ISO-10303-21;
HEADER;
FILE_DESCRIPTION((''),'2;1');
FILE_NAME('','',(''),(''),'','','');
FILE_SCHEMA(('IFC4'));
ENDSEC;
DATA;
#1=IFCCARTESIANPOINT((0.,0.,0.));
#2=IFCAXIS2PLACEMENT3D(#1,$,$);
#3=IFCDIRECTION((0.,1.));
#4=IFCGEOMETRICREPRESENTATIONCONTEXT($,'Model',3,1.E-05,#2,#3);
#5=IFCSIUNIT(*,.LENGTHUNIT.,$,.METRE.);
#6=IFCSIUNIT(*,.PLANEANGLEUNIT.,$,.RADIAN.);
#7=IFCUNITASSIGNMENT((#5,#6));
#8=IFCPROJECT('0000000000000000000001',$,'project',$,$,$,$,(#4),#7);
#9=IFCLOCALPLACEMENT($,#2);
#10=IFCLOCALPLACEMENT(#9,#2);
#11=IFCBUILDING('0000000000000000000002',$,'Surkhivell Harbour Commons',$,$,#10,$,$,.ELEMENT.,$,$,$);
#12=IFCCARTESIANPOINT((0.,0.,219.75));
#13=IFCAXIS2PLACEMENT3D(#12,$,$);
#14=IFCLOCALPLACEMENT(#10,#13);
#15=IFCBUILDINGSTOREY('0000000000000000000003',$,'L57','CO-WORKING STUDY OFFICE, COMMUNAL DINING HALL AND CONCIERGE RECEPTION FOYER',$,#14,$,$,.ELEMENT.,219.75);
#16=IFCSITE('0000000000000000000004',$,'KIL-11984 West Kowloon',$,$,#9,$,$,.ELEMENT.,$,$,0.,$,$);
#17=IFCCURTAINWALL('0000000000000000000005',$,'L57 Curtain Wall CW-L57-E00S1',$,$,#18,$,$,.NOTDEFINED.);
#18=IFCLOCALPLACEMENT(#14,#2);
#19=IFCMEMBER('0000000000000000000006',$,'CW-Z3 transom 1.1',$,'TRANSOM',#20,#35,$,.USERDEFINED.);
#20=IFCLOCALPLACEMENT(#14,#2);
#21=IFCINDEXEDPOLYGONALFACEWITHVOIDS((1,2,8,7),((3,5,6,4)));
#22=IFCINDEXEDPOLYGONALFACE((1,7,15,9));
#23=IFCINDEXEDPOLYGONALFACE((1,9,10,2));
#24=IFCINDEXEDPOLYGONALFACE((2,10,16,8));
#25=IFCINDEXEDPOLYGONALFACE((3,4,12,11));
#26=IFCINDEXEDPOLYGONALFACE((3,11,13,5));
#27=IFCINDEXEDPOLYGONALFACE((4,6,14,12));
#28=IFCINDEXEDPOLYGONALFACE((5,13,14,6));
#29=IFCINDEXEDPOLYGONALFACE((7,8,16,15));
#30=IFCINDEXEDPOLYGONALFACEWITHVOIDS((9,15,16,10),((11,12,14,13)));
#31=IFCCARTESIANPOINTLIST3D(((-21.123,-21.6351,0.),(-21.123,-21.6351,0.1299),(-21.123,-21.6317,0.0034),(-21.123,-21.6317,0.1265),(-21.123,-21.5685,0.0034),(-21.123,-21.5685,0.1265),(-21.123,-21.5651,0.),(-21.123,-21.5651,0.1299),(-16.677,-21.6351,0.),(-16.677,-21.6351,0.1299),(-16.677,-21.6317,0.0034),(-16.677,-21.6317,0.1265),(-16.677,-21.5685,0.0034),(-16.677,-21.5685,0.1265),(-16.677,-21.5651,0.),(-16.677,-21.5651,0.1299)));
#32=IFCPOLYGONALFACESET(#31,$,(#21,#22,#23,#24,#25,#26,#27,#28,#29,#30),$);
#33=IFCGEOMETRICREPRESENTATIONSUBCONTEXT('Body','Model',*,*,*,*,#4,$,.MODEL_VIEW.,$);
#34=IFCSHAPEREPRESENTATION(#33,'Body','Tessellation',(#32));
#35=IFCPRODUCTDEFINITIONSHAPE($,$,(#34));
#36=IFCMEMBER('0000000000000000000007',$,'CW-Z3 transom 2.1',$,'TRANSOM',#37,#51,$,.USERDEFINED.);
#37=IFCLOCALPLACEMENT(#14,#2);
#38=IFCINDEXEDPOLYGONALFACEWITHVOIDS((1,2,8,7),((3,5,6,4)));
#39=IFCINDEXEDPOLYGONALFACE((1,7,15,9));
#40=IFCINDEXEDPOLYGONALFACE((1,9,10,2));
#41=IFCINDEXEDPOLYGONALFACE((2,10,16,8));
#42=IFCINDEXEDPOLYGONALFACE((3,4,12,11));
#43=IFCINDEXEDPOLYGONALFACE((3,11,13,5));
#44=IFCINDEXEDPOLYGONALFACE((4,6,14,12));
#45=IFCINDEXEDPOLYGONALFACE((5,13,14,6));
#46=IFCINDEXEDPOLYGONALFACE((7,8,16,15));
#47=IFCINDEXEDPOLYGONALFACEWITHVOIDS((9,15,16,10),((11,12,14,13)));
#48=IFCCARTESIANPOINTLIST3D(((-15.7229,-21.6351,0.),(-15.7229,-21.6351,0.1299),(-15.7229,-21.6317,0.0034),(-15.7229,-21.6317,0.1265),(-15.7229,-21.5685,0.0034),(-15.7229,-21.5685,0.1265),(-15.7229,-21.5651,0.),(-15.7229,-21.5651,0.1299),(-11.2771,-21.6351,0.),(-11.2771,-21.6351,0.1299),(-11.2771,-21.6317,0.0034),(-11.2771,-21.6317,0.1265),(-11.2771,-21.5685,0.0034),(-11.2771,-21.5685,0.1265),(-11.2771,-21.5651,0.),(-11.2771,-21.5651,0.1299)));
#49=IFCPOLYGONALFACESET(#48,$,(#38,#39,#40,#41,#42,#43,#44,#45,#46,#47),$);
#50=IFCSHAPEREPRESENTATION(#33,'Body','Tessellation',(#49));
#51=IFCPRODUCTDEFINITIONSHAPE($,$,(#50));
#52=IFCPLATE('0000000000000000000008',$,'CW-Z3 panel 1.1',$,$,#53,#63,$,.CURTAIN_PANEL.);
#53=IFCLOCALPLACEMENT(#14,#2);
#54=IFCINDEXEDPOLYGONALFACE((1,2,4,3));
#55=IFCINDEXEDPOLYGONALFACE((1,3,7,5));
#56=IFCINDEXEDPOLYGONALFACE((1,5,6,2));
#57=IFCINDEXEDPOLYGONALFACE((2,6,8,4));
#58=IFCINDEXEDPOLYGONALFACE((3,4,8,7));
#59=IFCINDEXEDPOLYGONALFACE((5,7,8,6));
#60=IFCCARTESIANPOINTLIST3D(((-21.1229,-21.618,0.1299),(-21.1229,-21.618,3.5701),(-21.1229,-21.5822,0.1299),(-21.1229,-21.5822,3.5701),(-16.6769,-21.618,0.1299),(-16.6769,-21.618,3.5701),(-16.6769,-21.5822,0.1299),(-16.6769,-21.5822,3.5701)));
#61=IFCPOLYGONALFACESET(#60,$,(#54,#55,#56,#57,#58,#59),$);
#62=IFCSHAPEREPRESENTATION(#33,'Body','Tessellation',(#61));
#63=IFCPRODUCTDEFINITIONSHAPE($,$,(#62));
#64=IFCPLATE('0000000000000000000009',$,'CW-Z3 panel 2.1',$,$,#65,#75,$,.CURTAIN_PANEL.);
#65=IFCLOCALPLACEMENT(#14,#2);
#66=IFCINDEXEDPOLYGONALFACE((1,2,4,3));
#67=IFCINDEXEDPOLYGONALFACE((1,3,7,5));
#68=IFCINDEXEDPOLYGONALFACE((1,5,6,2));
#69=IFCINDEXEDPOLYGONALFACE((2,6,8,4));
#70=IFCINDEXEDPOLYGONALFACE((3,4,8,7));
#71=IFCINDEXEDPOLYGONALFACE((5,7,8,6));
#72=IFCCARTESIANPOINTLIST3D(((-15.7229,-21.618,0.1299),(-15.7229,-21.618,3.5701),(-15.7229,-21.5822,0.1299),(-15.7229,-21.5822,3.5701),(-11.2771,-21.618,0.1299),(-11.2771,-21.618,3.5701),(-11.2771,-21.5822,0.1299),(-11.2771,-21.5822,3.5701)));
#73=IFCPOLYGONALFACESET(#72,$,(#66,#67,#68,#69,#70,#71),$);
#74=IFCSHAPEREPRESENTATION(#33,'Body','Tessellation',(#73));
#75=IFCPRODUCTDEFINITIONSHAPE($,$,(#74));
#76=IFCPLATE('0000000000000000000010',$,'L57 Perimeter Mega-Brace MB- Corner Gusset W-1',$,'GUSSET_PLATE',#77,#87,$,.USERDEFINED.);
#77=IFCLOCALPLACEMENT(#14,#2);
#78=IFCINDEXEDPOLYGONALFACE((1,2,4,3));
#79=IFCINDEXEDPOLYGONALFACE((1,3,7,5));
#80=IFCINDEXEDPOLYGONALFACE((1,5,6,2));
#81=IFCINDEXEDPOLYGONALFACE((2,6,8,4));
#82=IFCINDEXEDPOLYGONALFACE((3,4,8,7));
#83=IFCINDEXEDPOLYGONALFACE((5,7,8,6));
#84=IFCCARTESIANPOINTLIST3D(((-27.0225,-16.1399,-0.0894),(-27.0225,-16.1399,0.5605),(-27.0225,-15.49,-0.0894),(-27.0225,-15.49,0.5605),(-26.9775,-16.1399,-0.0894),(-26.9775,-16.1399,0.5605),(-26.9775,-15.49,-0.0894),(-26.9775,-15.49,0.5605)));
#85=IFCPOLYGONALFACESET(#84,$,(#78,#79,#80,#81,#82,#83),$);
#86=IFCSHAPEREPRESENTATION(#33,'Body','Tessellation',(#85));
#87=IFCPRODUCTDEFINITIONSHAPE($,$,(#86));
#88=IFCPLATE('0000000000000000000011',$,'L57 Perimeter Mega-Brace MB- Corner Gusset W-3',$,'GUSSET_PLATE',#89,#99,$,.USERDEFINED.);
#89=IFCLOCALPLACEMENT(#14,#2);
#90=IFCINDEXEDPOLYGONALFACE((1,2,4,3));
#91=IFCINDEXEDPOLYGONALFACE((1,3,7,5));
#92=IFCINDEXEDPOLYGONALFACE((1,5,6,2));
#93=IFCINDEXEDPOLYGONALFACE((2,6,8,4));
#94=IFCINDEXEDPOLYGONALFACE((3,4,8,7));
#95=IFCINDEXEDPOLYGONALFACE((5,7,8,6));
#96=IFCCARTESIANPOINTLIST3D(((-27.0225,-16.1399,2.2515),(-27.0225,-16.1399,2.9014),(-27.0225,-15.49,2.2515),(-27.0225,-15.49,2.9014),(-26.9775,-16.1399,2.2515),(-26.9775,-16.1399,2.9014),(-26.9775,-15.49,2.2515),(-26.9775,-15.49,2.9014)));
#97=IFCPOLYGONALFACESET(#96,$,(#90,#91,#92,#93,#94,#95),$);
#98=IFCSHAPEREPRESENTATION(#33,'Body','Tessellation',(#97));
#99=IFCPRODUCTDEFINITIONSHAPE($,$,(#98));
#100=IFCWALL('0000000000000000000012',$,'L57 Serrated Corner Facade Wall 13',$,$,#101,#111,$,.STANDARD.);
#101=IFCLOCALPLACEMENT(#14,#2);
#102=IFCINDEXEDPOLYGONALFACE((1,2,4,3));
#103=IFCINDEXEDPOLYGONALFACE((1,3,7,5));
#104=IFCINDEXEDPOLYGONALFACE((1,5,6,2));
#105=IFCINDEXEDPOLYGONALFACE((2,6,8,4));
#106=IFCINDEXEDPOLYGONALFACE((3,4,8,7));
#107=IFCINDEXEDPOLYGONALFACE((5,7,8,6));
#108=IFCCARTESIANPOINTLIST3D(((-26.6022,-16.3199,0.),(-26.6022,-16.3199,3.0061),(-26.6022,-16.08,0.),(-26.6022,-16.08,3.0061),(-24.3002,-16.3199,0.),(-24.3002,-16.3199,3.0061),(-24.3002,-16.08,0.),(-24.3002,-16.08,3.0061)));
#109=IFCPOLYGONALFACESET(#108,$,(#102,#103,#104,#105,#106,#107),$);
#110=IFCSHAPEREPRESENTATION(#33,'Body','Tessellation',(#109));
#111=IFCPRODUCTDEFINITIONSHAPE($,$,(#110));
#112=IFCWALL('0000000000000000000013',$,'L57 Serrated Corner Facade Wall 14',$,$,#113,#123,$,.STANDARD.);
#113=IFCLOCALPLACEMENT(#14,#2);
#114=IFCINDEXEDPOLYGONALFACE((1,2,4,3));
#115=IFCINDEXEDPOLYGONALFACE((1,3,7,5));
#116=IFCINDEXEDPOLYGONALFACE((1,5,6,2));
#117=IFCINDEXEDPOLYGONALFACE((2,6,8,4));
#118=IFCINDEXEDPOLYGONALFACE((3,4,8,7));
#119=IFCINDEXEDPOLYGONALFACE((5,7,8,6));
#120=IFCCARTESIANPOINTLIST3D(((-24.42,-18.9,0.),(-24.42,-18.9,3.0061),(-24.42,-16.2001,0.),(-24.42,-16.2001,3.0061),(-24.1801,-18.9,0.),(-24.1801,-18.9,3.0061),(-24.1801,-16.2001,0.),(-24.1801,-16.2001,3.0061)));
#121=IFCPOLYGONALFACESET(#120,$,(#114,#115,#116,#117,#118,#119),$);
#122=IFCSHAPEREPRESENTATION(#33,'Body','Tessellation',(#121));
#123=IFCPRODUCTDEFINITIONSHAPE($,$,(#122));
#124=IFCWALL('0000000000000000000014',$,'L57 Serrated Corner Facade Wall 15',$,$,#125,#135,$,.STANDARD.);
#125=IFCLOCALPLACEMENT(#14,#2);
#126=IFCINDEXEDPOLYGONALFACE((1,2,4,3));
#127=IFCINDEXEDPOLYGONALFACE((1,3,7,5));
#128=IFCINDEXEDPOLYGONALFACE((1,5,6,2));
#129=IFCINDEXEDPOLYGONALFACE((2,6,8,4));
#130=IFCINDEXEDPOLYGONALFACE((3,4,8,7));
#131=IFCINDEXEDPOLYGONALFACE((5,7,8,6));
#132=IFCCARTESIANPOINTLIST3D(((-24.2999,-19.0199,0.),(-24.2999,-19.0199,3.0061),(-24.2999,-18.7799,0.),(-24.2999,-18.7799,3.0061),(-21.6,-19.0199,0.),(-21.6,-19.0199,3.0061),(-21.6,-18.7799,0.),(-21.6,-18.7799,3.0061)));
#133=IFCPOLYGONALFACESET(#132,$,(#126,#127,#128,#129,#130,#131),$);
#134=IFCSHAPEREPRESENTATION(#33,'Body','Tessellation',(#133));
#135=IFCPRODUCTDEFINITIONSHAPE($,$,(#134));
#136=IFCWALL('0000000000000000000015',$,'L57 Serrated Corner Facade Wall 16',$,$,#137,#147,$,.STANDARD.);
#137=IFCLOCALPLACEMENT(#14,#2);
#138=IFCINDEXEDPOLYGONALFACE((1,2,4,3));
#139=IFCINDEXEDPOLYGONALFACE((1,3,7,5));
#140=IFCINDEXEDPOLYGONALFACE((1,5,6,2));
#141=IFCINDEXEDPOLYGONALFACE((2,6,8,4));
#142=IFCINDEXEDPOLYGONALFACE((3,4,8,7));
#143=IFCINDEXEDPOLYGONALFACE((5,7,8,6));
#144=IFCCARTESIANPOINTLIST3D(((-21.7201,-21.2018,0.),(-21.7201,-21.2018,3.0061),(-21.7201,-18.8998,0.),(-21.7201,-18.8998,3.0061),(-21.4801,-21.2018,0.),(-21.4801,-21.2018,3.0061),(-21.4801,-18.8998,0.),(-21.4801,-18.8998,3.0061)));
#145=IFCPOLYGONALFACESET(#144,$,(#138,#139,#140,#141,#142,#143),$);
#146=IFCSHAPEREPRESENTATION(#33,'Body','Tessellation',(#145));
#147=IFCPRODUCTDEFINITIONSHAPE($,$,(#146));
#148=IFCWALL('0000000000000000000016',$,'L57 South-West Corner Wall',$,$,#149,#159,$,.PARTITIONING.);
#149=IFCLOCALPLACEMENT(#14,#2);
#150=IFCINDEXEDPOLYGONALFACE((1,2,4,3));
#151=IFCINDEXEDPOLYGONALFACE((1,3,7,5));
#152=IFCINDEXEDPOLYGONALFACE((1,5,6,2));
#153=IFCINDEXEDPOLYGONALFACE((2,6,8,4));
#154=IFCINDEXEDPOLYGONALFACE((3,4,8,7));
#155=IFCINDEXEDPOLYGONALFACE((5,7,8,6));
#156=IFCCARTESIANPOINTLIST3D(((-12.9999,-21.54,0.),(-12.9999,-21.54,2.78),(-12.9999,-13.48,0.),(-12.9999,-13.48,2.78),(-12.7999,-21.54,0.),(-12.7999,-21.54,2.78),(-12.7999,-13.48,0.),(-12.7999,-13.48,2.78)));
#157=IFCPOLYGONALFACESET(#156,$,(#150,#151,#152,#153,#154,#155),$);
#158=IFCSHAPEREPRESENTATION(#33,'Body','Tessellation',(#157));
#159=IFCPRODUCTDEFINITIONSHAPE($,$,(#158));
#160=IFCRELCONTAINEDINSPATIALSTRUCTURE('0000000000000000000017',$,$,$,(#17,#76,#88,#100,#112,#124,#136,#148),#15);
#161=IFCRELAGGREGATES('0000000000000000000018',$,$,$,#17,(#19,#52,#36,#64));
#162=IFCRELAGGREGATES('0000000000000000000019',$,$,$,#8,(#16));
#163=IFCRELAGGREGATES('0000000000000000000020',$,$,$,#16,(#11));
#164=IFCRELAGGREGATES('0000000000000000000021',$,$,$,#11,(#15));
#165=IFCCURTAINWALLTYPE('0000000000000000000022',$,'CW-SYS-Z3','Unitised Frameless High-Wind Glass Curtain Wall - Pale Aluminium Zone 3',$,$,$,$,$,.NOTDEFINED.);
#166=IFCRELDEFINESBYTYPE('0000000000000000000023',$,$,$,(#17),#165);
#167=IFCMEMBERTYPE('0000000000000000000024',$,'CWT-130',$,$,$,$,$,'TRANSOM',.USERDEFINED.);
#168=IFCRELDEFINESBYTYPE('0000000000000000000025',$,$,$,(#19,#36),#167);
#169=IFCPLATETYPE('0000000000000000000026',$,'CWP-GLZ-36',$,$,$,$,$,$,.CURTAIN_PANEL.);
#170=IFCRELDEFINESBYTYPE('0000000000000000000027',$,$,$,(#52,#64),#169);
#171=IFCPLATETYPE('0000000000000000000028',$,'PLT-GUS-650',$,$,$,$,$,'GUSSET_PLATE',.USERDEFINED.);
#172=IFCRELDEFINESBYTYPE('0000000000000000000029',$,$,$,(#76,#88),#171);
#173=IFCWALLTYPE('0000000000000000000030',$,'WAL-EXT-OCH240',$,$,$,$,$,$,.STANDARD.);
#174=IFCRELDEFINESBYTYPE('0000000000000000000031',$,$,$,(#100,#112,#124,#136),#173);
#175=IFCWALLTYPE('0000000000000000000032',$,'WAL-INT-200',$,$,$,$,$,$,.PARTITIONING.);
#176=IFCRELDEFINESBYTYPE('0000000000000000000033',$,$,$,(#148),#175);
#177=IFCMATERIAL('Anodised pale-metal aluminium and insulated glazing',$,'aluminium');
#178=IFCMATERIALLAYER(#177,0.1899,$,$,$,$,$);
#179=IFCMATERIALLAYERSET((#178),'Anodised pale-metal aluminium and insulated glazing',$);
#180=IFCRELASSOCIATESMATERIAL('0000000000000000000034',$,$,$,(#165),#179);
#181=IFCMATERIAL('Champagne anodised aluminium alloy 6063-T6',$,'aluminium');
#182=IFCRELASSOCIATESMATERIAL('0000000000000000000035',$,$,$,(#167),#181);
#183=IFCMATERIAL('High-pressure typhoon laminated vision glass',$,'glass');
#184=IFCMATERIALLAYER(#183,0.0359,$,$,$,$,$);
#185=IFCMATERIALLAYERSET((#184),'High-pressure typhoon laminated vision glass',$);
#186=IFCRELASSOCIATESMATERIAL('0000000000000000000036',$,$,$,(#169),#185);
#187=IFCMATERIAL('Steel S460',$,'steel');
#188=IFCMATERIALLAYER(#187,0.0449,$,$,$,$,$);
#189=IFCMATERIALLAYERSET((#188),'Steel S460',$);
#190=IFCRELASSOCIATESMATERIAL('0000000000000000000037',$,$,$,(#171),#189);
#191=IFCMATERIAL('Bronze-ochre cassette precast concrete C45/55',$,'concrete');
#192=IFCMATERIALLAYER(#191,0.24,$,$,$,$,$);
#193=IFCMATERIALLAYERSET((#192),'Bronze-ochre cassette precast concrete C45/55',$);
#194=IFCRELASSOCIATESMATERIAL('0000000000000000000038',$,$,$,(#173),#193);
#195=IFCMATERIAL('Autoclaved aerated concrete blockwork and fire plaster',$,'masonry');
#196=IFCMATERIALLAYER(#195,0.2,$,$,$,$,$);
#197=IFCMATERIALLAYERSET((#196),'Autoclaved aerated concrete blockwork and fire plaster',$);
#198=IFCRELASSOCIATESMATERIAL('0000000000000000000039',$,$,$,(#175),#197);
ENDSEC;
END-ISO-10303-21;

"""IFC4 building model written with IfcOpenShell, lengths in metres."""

from ifc_helpers import new_model, si_unit, direction, frame, frame_2d, origin, origin_2d, place, context, subcontext, project, spatial, rectangle, hollow_rectangle, extrude, material, layer, layer_set, material_profile, profile_set, type_object, element, aggregate, save


model = new_model("IFC4")

# Units and contexts
model_context = context("Model", 3, precision=1e-05, world=origin(), true_north=direction((0.0, 1.0)))
body_context = subcontext(model_context, "Body", "Model", "MODEL_VIEW")
ifc_project = project(units=[si_unit("LENGTHUNIT", "METRE"), si_unit("PLANEANGLEUNIT", "RADIAN")], contexts=[model_context])

# Site, building, storey
site_placement = place(None, origin())
site = spatial("IfcSite", under=ifc_project, at=site_placement, Name="KIL-11984 West Kowloon", CompositionType="ELEMENT", RefElevation=0.0)
building_placement = place(site_placement, origin())
building = spatial("IfcBuilding", under=site, at=building_placement, Name="Surkhivell Harbour Commons", CompositionType="ELEMENT")
storey_placement = place(building_placement, frame((0.0, 0.0, 219.75)))
storey = spatial("IfcBuildingStorey", under=building, at=storey_placement, Name="L57", Description="CO-WORKING STUDY OFFICE, COMMUNAL DINING HALL AND CONCIERGE RECEPTION FOYER", CompositionType="ELEMENT", Elevation=219.75)

# Curtain wall, members, plates
ifc_material_1 = material(Name="Anodised pale-metal aluminium and insulated glazing", Category="aluminium")
ifc_layer_1 = layer(ifc_material_1, 0.1899)
ifc_layer_set_1 = layer_set([ifc_layer_1], Name="Anodised pale-metal aluminium and insulated glazing")
curtain_wall_type = type_object("IfcCurtainWallType", Name="CW-SYS-Z3", Description="Unitised Frameless High-Wind Glass Curtain Wall - Pale Aluminium Zone 3", PredefinedType="NOTDEFINED", material=ifc_layer_set_1)
curtain_wall_placement = place(storey_placement, origin())
curtain_wall = element("IfcCurtainWall", 1, at=curtain_wall_placement, inside=storey, type_object=curtain_wall_type, Name="L57 Curtain Wall CW-L57-E00S1", PredefinedType="NOTDEFINED")
ifc_material_2 = material(Name="Champagne anodised aluminium alloy 6063-T6", Category="aluminium")
ifc_material_profile_1 = material_profile(ifc_material_2, hollow_rectangle(XDim=0.0701, YDim=0.1299, WallThickness=0.0034, at=origin_2d()), Name="ALU-TRAN-70x130")
ifc_profile_set_1 = profile_set([ifc_material_profile_1], Name="Champagne anodised aluminium alloy 6063-T6")
member_type_1 = type_object("IfcMemberType", Name="CWT-130", ElementType="TRANSOM", PredefinedType="USERDEFINED", material=ifc_profile_set_1)
member_1_placement = place(storey_placement, frame((-21.123, -21.6001, 0.0649), z_axis=(1.0, 0.0, 0.0), x_axis=(0.0, 1.0, 0.0)))
member_1 = element("IfcMember", 2, at=member_1_placement, type_object=member_type_1, Name="CW-Z3 transom 1.1", ObjectType="TRANSOM", PredefinedType="USERDEFINED", context=body_context, shape_type="SweptSolid", body=[
    extrude(hollow_rectangle(XDim=0.0701, YDim=0.1299, WallThickness=0.0034, at=origin_2d()), origin(), (0.0, 0.0, 1.0), 4.446),
])
member_2_placement = place(storey_placement, frame((-15.7229, -21.6001, 0.0649), z_axis=(1.0, 0.0, 0.0), x_axis=(0.0, 1.0, 0.0)))
member_2 = element("IfcMember", 3, at=member_2_placement, type_object=member_type_1, Name="CW-Z3 transom 2.1", ObjectType="TRANSOM", PredefinedType="USERDEFINED", context=body_context, shape_type="SweptSolid", body=[
    extrude(hollow_rectangle(XDim=0.0701, YDim=0.1299, WallThickness=0.0034, at=origin_2d()), origin(), (0.0, 0.0, 1.0), 4.4458),
])
ifc_material_3 = material(Name="High-pressure typhoon laminated vision glass", Category="glass")
ifc_layer_2 = layer(ifc_material_3, 0.0359)
ifc_layer_set_2 = layer_set([ifc_layer_2], Name="High-pressure typhoon laminated vision glass")
plate_type_1 = type_object("IfcPlateType", Name="CWP-GLZ-36", PredefinedType="CURTAIN_PANEL", material=ifc_layer_set_2)
plate_1_placement = place(storey_placement, frame((-21.123, -21.6001, 0.1299), z_axis=(0.0, 0.0, 1.0), x_axis=(1.0, 0.0, 0.0)))
plate_1 = element("IfcPlate", 4, at=plate_1_placement, type_object=plate_type_1, Name="CW-Z3 panel 1.1", PredefinedType="CURTAIN_PANEL", context=body_context, shape_type="SweptSolid", body=[
    extrude(rectangle(XDim=4.446, YDim=0.0359, at=frame_2d((2.2231, 0.0))), origin(), (0.0, 0.0, 1.0), 3.4402),
])
plate_2_placement = place(storey_placement, frame((-15.7229, -21.6001, 0.1299), z_axis=(0.0, 0.0, 1.0), x_axis=(1.0, 0.0, 0.0)))
plate_2 = element("IfcPlate", 5, at=plate_2_placement, type_object=plate_type_1, Name="CW-Z3 panel 2.1", PredefinedType="CURTAIN_PANEL", context=body_context, shape_type="SweptSolid", body=[
    extrude(rectangle(XDim=4.4458, YDim=0.0359, at=frame_2d((2.2229, 0.0))), origin(), (0.0, 0.0, 1.0), 3.4402),
])
aggregate(curtain_wall, [member_1, plate_1, member_2, plate_2])

# Plates
ifc_material_4 = material(Name="Steel S460", Category="steel")
ifc_layer_3 = layer(ifc_material_4, 0.0449)
ifc_layer_set_3 = layer_set([ifc_layer_3], Name="Steel S460")
plate_type_2 = type_object("IfcPlateType", Name="PLT-GUS-650", ElementType="GUSSET_PLATE", PredefinedType="USERDEFINED", material=ifc_layer_set_3)
for number, where, z_axis, x_axis, name in (
    (6, (-27.0, -15.8149, -0.0894), (0.0, 0.0, 1.0), (0.0, 1.0, 0.0), "L57 Perimeter Mega-Brace MB- Corner Gusset W-1"),
    (7, (-27.0, -15.8149, 2.2515), (0.0, 0.0, 1.0), (0.0, 1.0, 0.0), "L57 Perimeter Mega-Brace MB- Corner Gusset W-3"),
):
    element("IfcPlate", number, at=place(storey_placement, frame(where, z_axis=z_axis, x_axis=x_axis)), inside=storey, type_object=plate_type_2, Name=name, ObjectType="GUSSET_PLATE", PredefinedType="USERDEFINED", context=body_context, shape_type="SweptSolid", body=[
        extrude(rectangle(XDim=0.6499, YDim=0.0449, at=origin_2d()), origin(), (0.0, 0.0, 1.0), 0.6499),
    ])

# Walls
ifc_material_5 = material(Name="Bronze-ochre cassette precast concrete C45/55", Category="concrete")
ifc_layer_4 = layer(ifc_material_5, 0.24)
ifc_layer_set_4 = layer_set([ifc_layer_4], Name="Bronze-ochre cassette precast concrete C45/55")
wall_type_1 = type_object("IfcWallType", Name="WAL-EXT-OCH240", PredefinedType="STANDARD", material=ifc_layer_set_4)
wall_1_placement = place(storey_placement, frame((-26.6021, -16.2, 0.0), z_axis=(0.0, 0.0, 1.0), x_axis=(1.0, 0.0, 0.0)))
element("IfcWall", 8, at=wall_1_placement, inside=storey, type_object=wall_type_1, Name="L57 Serrated Corner Facade Wall 13", PredefinedType="STANDARD", context=body_context, shape_type="SweptSolid", body=[
    extrude(rectangle(XDim=2.302, YDim=0.24, at=frame_2d((1.1509, 0.0))), origin(), (0.0, 0.0, 1.0), 3.0061),
])
for number, where, z_axis, x_axis, name in (
    (9, (-24.3, -16.2, 0.0), (0.0, 0.0, 1.0), (0.0, -1.0, 0.0), "L57 Serrated Corner Facade Wall 14"),
    (10, (-24.3, -18.8999, 0.0), (0.0, 0.0, 1.0), (1.0, 0.0, 0.0), "L57 Serrated Corner Facade Wall 15"),
):
    element("IfcWall", number, at=place(storey_placement, frame(where, z_axis=z_axis, x_axis=x_axis)), inside=storey, type_object=wall_type_1, Name=name, PredefinedType="STANDARD", context=body_context, shape_type="SweptSolid", body=[
        extrude(rectangle(XDim=2.7, YDim=0.24, at=frame_2d((1.3501, 0.0))), origin(), (0.0, 0.0, 1.0), 3.0061),
    ])
wall_2_placement = place(storey_placement, frame((-21.6001, -18.8999, 0.0), z_axis=(0.0, 0.0, 1.0), x_axis=(0.0, -1.0, 0.0)))
element("IfcWall", 11, at=wall_2_placement, inside=storey, type_object=wall_type_1, Name="L57 Serrated Corner Facade Wall 16", PredefinedType="STANDARD", context=body_context, shape_type="SweptSolid", body=[
    extrude(rectangle(XDim=2.302, YDim=0.24, at=frame_2d((1.1509, 0.0))), origin(), (0.0, 0.0, 1.0), 3.0061),
])
ifc_material_6 = material(Name="Autoclaved aerated concrete blockwork and fire plaster", Category="masonry")
ifc_layer_5 = layer(ifc_material_6, 0.2)
ifc_layer_set_5 = layer_set([ifc_layer_5], Name="Autoclaved aerated concrete blockwork and fire plaster")
wall_type_2 = type_object("IfcWallType", Name="WAL-INT-200", PredefinedType="PARTITIONING", material=ifc_layer_set_5)
wall_3_placement = place(storey_placement, frame((-12.8999, -21.54, 0.0), z_axis=(0.0, 0.0, 1.0), x_axis=(0.0, 1.0, 0.0)))
element("IfcWall", 12, at=wall_3_placement, inside=storey, type_object=wall_type_2, Name="L57 South-West Corner Wall", PredefinedType="PARTITIONING", context=body_context, shape_type="SweptSolid", body=[
    extrude(rectangle(XDim=8.0601, YDim=0.2, at=frame_2d((4.03, 0.0))), origin(), (0.0, 0.0, 1.0), 2.78),
])

save(model, "model.ifc")
